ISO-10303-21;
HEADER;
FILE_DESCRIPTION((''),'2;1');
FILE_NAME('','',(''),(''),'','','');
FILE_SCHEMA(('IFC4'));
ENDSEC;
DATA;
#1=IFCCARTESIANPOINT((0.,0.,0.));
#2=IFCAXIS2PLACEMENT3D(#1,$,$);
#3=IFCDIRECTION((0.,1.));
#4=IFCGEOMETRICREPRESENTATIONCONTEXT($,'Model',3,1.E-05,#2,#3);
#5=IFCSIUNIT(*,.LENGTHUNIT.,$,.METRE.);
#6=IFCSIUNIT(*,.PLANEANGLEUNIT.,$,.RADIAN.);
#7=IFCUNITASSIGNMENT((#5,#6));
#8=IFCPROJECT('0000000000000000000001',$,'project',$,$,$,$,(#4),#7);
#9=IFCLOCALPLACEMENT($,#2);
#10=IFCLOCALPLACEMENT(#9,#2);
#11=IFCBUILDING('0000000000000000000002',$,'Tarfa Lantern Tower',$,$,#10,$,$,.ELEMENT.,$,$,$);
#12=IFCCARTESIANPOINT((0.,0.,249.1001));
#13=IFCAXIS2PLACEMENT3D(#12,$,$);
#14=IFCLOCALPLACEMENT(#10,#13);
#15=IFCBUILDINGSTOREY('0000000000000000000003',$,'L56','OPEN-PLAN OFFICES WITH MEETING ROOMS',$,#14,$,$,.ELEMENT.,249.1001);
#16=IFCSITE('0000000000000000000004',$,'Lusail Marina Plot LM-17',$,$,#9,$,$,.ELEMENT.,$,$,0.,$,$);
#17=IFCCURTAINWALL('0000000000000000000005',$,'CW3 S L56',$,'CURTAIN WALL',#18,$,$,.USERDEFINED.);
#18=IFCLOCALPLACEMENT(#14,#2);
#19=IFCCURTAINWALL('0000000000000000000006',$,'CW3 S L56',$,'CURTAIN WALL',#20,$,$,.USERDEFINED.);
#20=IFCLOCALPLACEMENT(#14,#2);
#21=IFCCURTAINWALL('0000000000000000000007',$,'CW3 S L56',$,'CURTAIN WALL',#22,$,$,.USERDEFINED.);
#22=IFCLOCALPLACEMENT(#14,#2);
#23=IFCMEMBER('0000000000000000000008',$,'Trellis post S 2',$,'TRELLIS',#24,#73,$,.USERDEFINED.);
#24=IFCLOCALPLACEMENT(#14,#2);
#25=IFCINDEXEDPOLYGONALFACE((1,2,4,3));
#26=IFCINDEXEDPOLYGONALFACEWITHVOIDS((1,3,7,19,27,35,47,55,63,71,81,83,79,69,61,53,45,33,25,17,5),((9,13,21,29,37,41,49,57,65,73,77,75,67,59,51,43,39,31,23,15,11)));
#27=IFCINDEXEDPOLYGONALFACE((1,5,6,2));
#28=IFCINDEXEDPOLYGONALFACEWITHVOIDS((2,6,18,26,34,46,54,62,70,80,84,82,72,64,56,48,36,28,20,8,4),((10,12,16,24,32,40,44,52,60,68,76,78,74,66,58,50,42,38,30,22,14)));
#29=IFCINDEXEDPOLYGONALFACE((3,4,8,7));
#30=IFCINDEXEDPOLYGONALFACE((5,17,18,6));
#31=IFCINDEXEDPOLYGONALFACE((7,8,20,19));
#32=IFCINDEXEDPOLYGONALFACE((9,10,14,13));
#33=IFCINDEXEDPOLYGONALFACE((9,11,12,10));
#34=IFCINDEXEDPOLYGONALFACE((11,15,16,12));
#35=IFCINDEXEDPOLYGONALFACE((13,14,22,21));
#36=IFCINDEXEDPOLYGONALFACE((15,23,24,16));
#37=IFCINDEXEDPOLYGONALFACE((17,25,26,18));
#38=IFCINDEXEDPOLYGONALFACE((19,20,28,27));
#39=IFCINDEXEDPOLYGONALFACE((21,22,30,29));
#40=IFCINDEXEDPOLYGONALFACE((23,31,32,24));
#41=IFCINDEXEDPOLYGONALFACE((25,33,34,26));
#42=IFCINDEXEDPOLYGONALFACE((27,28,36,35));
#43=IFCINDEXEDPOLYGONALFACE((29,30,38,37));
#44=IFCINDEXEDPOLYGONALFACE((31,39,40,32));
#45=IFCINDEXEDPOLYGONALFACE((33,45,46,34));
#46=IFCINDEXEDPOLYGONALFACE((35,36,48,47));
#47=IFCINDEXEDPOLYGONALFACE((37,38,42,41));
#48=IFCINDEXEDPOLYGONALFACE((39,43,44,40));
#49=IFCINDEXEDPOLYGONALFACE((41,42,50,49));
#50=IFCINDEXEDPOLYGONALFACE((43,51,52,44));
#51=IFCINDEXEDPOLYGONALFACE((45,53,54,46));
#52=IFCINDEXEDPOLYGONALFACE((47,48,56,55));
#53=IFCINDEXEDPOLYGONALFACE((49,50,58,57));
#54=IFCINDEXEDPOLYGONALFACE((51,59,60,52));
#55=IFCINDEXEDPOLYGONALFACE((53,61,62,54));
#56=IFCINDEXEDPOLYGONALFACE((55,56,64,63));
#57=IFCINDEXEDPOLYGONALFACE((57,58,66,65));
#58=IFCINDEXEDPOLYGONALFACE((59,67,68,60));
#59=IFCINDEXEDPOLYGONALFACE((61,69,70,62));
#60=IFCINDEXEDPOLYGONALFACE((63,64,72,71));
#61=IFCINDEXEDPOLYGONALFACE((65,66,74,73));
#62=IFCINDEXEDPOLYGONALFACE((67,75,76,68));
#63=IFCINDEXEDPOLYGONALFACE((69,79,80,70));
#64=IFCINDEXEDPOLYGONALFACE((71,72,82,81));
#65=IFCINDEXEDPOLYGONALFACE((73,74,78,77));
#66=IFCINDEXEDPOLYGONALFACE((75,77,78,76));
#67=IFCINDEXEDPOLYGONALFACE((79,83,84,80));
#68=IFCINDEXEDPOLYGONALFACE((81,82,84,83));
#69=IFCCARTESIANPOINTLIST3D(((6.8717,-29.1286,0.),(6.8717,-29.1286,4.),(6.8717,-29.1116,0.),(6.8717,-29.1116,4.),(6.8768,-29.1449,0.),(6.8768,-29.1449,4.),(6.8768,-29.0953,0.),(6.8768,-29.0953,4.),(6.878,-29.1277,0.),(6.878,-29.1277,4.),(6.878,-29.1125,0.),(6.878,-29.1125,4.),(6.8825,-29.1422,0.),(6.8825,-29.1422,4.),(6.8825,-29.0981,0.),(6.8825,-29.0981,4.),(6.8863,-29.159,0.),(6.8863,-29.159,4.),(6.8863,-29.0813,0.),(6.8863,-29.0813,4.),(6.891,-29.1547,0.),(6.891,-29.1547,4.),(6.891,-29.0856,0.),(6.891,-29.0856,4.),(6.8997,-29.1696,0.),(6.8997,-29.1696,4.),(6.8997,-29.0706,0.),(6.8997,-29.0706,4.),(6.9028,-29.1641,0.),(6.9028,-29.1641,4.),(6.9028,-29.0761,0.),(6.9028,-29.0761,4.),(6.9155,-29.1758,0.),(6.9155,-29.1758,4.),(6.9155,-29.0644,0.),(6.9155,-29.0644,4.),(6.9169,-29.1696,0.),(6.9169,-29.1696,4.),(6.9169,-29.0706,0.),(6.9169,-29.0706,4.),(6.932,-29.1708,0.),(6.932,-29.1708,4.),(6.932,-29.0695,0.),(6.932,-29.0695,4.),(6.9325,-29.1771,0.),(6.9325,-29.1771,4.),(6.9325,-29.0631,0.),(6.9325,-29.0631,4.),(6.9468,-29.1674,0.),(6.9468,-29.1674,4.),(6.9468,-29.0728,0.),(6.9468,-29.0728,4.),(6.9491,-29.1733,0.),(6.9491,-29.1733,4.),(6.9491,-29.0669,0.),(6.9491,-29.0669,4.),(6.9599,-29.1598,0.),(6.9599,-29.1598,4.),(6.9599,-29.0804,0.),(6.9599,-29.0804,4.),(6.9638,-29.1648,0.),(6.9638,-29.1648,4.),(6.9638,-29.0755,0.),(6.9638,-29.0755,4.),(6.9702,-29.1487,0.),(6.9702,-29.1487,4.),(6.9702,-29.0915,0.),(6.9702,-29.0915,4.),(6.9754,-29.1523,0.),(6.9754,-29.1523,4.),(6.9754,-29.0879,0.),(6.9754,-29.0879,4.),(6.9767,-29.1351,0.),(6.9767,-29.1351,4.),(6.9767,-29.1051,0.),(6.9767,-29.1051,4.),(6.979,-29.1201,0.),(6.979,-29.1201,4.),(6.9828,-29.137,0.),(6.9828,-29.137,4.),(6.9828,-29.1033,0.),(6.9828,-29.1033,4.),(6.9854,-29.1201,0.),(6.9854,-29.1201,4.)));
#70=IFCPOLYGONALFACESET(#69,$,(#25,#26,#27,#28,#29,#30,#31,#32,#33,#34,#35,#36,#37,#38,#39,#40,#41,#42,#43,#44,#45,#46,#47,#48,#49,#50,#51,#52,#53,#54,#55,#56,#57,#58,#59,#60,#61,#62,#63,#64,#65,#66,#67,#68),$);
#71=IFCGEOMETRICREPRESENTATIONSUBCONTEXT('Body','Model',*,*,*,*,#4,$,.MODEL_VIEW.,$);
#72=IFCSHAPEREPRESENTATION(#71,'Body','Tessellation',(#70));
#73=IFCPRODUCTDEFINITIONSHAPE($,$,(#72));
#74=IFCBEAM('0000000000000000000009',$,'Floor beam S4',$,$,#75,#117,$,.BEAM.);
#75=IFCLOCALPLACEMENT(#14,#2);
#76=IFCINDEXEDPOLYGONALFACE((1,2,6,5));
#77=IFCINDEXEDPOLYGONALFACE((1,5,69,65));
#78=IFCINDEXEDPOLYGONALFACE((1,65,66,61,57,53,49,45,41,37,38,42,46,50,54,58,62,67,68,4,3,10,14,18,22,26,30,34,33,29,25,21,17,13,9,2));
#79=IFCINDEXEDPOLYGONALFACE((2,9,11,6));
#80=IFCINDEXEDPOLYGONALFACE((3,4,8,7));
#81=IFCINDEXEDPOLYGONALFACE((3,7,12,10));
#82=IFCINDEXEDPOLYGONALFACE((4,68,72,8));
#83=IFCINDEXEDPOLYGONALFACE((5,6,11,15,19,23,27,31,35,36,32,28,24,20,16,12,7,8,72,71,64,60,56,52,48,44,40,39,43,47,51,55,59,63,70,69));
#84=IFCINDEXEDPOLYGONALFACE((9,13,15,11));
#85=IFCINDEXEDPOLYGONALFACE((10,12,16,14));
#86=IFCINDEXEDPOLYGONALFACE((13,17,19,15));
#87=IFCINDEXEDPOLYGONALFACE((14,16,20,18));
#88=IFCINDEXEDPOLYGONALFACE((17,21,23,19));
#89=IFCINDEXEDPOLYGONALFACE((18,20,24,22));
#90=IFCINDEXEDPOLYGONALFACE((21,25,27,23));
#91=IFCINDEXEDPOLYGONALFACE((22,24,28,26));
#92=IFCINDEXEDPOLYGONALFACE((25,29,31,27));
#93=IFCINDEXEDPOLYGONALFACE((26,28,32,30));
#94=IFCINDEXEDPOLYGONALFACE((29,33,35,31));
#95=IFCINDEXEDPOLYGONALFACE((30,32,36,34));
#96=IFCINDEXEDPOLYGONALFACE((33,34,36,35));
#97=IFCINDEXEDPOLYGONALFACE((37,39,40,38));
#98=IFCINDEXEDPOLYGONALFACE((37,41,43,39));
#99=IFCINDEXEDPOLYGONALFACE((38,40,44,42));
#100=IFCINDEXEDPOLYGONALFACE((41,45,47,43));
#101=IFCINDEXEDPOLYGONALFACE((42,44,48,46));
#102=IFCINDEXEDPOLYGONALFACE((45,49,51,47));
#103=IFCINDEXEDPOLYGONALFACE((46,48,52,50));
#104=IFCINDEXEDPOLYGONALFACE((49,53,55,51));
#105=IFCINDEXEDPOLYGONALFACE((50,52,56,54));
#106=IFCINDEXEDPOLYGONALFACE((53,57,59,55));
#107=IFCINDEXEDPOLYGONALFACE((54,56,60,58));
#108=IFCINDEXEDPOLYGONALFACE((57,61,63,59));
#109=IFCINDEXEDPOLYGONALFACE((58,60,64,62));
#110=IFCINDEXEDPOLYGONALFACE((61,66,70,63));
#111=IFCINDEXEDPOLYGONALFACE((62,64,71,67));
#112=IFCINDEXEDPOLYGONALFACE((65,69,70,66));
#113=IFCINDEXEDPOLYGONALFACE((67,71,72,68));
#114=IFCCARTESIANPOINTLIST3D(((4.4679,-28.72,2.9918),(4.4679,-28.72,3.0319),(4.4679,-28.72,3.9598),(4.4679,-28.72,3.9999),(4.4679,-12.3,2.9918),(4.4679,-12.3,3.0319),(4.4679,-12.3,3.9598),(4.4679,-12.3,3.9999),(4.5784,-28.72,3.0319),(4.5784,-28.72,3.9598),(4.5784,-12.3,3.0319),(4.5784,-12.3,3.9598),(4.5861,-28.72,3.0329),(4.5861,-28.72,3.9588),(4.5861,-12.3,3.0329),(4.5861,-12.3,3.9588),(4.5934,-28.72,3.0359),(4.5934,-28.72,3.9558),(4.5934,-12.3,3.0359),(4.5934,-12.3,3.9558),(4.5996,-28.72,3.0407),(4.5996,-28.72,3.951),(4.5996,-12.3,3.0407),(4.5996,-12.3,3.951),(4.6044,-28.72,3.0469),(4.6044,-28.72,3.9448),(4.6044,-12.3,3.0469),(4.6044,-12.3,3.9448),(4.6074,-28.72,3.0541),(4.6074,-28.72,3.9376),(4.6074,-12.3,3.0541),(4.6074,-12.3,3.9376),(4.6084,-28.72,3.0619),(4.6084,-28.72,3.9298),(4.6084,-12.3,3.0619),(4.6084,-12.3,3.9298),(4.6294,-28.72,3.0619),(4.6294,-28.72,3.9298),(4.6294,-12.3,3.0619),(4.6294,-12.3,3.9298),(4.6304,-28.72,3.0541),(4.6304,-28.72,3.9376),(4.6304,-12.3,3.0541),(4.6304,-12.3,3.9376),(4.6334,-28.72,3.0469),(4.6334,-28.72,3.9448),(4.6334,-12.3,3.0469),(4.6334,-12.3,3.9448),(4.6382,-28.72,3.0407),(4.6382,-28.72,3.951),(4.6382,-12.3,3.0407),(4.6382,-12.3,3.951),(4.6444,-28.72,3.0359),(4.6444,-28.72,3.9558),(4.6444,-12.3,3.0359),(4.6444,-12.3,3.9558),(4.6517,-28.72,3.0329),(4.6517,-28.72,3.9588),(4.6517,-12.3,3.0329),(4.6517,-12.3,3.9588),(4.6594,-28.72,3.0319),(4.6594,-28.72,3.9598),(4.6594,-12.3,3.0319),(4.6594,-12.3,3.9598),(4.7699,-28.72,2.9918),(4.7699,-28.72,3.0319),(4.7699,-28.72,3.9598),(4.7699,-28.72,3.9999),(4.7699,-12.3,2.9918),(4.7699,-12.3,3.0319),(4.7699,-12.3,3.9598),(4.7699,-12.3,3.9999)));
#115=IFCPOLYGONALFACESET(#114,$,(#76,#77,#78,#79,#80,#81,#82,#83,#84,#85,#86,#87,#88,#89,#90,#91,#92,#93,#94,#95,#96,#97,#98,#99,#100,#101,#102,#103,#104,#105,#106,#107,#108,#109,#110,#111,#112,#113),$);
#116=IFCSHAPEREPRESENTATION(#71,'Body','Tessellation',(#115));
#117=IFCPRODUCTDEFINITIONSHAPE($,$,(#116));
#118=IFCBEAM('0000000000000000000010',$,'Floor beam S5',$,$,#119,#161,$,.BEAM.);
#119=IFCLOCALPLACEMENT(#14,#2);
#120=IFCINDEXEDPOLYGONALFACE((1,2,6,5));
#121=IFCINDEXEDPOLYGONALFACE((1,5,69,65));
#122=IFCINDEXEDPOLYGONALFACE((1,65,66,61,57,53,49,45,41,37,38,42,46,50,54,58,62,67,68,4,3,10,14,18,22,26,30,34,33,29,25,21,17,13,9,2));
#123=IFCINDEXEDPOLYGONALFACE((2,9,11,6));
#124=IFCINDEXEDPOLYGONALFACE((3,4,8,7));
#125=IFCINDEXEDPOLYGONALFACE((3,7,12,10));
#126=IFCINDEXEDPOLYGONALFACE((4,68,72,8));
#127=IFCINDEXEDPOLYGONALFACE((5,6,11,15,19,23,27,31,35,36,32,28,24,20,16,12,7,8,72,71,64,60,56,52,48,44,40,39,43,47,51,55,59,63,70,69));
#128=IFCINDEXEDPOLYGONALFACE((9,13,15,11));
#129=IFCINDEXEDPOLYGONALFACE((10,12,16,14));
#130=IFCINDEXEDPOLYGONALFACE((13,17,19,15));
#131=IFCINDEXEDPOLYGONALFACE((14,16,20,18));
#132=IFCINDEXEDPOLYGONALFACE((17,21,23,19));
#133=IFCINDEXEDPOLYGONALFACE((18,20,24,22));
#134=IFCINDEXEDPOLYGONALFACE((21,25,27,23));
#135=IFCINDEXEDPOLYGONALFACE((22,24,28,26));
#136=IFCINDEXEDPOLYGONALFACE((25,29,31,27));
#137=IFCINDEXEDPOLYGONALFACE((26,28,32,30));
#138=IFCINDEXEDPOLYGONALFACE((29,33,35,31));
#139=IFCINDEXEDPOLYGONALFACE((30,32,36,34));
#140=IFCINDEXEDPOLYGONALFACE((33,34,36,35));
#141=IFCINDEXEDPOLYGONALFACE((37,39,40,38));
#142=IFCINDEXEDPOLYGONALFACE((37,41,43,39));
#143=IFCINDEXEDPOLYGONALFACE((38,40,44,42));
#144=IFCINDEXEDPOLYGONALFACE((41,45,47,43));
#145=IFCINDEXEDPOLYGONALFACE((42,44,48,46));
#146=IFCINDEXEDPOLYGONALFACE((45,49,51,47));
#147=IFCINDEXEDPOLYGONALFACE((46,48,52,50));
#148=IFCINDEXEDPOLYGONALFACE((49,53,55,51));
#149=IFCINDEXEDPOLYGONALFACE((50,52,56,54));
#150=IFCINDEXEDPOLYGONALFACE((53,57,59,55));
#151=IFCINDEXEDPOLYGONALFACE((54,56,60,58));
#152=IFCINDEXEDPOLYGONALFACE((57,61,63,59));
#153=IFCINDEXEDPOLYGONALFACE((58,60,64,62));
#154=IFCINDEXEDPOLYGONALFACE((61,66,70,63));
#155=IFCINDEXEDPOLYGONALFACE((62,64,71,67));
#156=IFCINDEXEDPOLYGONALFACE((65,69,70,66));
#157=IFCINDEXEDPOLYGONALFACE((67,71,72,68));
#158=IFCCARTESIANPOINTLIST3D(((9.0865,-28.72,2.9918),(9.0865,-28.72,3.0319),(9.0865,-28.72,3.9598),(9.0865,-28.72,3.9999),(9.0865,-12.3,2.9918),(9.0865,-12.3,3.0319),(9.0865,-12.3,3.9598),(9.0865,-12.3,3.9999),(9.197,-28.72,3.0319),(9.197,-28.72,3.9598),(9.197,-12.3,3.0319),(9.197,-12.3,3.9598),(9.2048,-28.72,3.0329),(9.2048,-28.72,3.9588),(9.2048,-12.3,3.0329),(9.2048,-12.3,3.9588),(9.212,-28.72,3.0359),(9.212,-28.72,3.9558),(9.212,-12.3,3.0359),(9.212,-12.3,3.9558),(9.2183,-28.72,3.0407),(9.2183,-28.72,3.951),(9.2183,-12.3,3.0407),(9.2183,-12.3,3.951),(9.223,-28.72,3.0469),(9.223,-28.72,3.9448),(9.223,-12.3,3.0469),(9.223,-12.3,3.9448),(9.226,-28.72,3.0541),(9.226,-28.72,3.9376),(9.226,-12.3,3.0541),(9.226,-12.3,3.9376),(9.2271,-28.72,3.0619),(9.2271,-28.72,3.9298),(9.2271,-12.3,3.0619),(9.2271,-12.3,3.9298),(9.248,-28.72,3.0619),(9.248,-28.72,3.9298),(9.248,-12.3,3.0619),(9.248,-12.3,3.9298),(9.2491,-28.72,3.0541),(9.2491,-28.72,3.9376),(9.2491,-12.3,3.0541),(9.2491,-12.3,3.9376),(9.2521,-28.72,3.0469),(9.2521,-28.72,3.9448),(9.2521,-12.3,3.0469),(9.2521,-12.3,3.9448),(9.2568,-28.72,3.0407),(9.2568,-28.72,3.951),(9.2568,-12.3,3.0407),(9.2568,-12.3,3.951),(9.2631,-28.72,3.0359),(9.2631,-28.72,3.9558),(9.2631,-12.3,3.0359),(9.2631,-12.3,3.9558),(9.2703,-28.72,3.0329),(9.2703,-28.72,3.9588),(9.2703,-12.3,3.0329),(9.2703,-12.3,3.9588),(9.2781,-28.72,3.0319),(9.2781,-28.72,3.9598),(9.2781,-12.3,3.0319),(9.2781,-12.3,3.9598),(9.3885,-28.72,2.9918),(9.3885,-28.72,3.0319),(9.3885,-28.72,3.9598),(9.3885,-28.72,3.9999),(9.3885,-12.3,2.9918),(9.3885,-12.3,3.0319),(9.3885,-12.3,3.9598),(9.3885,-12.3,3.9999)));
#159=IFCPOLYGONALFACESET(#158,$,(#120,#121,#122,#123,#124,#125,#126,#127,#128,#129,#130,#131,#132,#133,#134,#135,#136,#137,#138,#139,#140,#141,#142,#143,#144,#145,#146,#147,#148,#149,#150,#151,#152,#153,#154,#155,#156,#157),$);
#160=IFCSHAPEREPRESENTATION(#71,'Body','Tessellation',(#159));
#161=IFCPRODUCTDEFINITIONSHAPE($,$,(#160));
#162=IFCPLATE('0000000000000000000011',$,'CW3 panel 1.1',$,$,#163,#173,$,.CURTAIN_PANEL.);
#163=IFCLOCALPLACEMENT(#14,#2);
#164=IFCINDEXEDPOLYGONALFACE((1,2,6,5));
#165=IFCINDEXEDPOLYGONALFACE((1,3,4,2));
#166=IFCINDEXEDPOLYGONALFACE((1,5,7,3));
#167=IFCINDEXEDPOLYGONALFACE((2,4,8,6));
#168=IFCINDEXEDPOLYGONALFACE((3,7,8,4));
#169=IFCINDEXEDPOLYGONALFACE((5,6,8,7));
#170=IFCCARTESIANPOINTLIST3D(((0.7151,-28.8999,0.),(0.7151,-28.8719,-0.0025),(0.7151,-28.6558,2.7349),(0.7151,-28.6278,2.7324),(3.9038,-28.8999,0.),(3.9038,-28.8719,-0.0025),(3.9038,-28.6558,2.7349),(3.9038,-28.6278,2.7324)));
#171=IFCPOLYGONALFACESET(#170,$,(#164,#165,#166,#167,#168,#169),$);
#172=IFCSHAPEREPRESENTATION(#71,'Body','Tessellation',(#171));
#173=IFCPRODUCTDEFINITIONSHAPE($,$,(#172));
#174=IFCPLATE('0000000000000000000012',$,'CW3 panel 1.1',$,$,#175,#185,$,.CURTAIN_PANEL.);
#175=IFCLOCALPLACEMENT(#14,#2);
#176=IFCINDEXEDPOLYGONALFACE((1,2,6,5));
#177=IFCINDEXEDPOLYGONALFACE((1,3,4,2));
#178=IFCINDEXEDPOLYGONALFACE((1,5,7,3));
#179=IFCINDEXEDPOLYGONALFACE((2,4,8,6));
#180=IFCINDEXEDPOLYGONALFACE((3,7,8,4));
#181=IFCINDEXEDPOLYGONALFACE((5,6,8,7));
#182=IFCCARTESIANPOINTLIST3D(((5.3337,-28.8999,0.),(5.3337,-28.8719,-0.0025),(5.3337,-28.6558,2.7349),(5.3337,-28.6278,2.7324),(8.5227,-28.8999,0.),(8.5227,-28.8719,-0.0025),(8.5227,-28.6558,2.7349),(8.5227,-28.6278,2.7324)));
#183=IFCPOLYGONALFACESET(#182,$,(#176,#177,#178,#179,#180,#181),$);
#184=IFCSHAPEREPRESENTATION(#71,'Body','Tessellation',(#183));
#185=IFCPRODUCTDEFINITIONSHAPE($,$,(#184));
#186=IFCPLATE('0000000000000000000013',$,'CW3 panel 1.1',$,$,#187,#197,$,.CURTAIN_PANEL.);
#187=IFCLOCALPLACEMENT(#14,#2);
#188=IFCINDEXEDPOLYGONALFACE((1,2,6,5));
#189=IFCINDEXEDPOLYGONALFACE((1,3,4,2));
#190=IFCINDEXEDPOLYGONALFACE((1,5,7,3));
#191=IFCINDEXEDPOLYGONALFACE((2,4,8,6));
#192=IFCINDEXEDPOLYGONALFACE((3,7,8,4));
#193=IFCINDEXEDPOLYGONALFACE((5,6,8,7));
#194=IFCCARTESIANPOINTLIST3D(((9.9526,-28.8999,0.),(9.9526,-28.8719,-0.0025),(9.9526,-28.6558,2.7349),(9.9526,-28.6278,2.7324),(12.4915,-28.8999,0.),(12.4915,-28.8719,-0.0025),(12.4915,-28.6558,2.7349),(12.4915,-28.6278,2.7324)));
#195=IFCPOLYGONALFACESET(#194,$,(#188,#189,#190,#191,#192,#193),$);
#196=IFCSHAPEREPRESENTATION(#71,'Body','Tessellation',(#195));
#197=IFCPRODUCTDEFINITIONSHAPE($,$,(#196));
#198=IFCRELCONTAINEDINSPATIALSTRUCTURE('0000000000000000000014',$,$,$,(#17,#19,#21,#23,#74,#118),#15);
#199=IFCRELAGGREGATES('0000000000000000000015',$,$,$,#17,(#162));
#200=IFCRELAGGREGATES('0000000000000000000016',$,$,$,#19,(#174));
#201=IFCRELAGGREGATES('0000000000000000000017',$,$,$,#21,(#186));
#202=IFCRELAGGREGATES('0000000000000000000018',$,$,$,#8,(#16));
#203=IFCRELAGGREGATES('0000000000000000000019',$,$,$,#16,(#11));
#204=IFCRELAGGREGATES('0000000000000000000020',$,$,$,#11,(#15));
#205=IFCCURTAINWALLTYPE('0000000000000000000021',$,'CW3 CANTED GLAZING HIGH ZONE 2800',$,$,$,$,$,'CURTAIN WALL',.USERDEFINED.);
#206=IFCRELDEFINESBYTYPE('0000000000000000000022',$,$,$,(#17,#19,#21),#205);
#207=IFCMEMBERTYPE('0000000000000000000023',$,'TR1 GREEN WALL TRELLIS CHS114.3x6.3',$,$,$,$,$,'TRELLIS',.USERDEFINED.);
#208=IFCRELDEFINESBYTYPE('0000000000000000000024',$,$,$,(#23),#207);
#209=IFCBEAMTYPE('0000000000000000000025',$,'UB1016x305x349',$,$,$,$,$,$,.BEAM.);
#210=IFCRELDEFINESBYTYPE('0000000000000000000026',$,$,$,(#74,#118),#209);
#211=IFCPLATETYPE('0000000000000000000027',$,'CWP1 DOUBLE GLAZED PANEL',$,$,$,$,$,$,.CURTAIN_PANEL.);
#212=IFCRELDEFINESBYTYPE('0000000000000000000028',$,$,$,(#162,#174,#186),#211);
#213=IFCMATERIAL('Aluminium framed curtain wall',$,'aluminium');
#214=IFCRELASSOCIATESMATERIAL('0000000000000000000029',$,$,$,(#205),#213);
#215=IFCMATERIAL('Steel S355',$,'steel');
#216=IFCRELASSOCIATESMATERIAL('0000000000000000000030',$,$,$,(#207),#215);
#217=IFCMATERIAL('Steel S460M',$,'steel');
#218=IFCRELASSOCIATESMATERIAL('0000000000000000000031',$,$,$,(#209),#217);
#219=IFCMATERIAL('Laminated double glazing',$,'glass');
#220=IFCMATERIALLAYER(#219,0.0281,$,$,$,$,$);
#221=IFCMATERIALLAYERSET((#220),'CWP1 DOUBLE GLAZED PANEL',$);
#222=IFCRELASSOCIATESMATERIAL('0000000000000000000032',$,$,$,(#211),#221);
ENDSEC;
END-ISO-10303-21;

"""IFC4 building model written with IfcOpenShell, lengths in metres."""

from ifc_helpers import new_model, si_unit, direction, frame, origin, origin_2d, place, context, subcontext, project, spatial, polyline, hollow_circle, i_section, outline, extrude, material, layer, layer_set, material_profile, profile_set, type_object, element, aggregate, save


model = new_model("IFC4")

# Units and contexts
model_context = context("Model", 3, precision=1e-05, world=origin(), true_north=direction((0.0, 1.0)))
body_context = subcontext(model_context, "Body", "Model", "MODEL_VIEW")
ifc_project = project(units=[si_unit("LENGTHUNIT", "METRE"), si_unit("PLANEANGLEUNIT", "RADIAN")], contexts=[model_context])

# Site, building, storey
site_placement = place(None, origin())
site = spatial("IfcSite", under=ifc_project, at=site_placement, Name="Lusail Marina Plot LM-17", CompositionType="ELEMENT", RefElevation=0.0)
building_placement = place(site_placement, origin())
building = spatial("IfcBuilding", under=site, at=building_placement, Name="Tarfa Lantern Tower", CompositionType="ELEMENT")
storey_placement = place(building_placement, frame((0.0, 0.0, 249.1001)))
storey = spatial("IfcBuildingStorey", under=building, at=storey_placement, Name="L56", Description="OPEN-PLAN OFFICES WITH MEETING ROOMS", CompositionType="ELEMENT", Elevation=249.1001)

# Curtain walls
ifc_material_1 = material(Name="Aluminium framed curtain wall", Category="aluminium")
curtain_wall_type = type_object("IfcCurtainWallType", Name="CW3 CANTED GLAZING HIGH ZONE 2800", ElementType="CURTAIN WALL", PredefinedType="USERDEFINED", material=ifc_material_1)
curtain_wall_1_placement = place(storey_placement, origin())
curtain_wall_1 = element("IfcCurtainWall", 1, at=curtain_wall_1_placement, inside=storey, type_object=curtain_wall_type, Name="CW3 S L56", ObjectType="CURTAIN WALL", PredefinedType="USERDEFINED")
curtain_wall_2_placement = place(storey_placement, origin())
curtain_wall_2 = element("IfcCurtainWall", 2, at=curtain_wall_2_placement, inside=storey, type_object=curtain_wall_type, Name="CW3 S L56", ObjectType="CURTAIN WALL", PredefinedType="USERDEFINED")
curtain_wall_3_placement = place(storey_placement, origin())
curtain_wall_3 = element("IfcCurtainWall", 3, at=curtain_wall_3_placement, inside=storey, type_object=curtain_wall_type, Name="CW3 S L56", ObjectType="CURTAIN WALL", PredefinedType="USERDEFINED")

# Member
ifc_material_2 = material(Name="Steel S355", Category="steel")
ifc_material_profile_1 = material_profile(ifc_material_2, hollow_circle(Radius=0.0571, WallThickness=0.0063, at=origin_2d()), Name="CHS114.3x6.3")
ifc_profile_set_1 = profile_set([ifc_material_profile_1], Name="Steel S355")
member_type_1 = type_object("IfcMemberType", Name="TR1 GREEN WALL TRELLIS CHS114.3x6.3", ElementType="TRELLIS", PredefinedType="USERDEFINED", material=ifc_profile_set_1)
member_1_placement = place(storey_placement, frame((6.9282, -29.1201, 0.0), z_axis=(0.0, 0.0, 1.0), x_axis=(1.0, 0.0, 0.0)))
element("IfcMember", 4, at=member_1_placement, inside=storey, type_object=member_type_1, Name="Trellis post S 2", ObjectType="TRELLIS", PredefinedType="USERDEFINED", context=body_context, shape_type="SweptSolid", body=[
    extrude(hollow_circle(Radius=0.0571, WallThickness=0.0063, at=origin_2d()), origin(), (0.0, 0.0, 1.0), 4.0),
])

# Beams
ifc_material_3 = material(Name="Steel S460M", Category="steel")
ifc_material_profile_2 = material_profile(ifc_material_3, i_section(OverallWidth=0.302, OverallDepth=1.0081, WebThickness=0.021, FlangeThickness=0.04, FilletRadius=0.03, at=origin_2d()), Name="UB1016x305x349")
ifc_profile_set_2 = profile_set([ifc_material_profile_2], Name="Steel S460M")
beam_type_1 = type_object("IfcBeamType", Name="UB1016x305x349", PredefinedType="BEAM", material=ifc_profile_set_2)
for number, where, z_axis, x_axis, name in (
    (5, (4.6189, -28.72, 3.4958), (0.0, 1.0, 0.0), (-1.0, 0.0, 0.0), "Floor beam S4"),
    (6, (9.2375, -28.72, 3.4958), (0.0, 1.0, 0.0), (-1.0, 0.0, 0.0), "Floor beam S5"),
):
    element("IfcBeam", number, at=place(storey_placement, frame(where, z_axis=z_axis, x_axis=x_axis)), inside=storey, type_object=beam_type_1, Name=name, PredefinedType="BEAM", context=body_context, shape_type="SweptSolid", body=[
        extrude(i_section(OverallWidth=0.302, OverallDepth=1.0081, WebThickness=0.021, FlangeThickness=0.04, FilletRadius=0.03, at=origin_2d()), origin(), (0.0, 0.0, 1.0), 16.4199),
    ])

# Plates
ifc_material_4 = material(Name="Laminated double glazing", Category="glass")
ifc_layer_1 = layer(ifc_material_4, 0.0281)
ifc_layer_set_1 = layer_set([ifc_layer_1], Name="CWP1 DOUBLE GLAZED PANEL")
plate_type = type_object("IfcPlateType", Name="CWP1 DOUBLE GLAZED PANEL", PredefinedType="CURTAIN_PANEL", material=ifc_layer_set_1)
plate_1_placement = place(storey_placement, frame((0.7151, -28.8999, 0.0), z_axis=(0.0, -0.996039, 0.088916), x_axis=(1.0, 0.0, 0.0)))
plate_1 = element("IfcPlate", 7, at=plate_1_placement, type_object=plate_type, Name="CW3 panel 1.1", PredefinedType="CURTAIN_PANEL", context=body_context, shape_type="SweptSolid", body=[
    extrude(outline(polyline([(0.0, 0.0), (3.1887, 0.0), (3.1887, 2.7457), (0.0, 2.7457), (0.0, 0.0)])), origin(), (0.0, 0.0, -1.0), 0.0281),
])
aggregate(curtain_wall_1, [plate_1])
plate_2_placement = place(storey_placement, frame((5.3337, -28.8999, 0.0), z_axis=(0.0, -0.996039, 0.088916), x_axis=(1.0, 0.0, 0.0)))
plate_2 = element("IfcPlate", 8, at=plate_2_placement, type_object=plate_type, Name="CW3 panel 1.1", PredefinedType="CURTAIN_PANEL", context=body_context, shape_type="SweptSolid", body=[
    extrude(outline(polyline([(0.0, 0.0), (3.189, 0.0), (3.189, 2.7457), (0.0, 2.7457), (0.0, 0.0)])), origin(), (0.0, 0.0, -1.0), 0.0281),
])
aggregate(curtain_wall_2, [plate_2])
plate_3_placement = place(storey_placement, frame((9.9526, -28.8999, 0.0), z_axis=(0.0, -0.996039, 0.088916), x_axis=(1.0, 0.0, 0.0)))
plate_3 = element("IfcPlate", 9, at=plate_3_placement, type_object=plate_type, Name="CW3 panel 1.1", PredefinedType="CURTAIN_PANEL", context=body_context, shape_type="SweptSolid", body=[
    extrude(outline(polyline([(0.0, 0.0), (2.5388, 0.0), (2.5388, 2.7457), (0.0, 2.7457), (0.0, 0.0)])), origin(), (0.0, 0.0, -1.0), 0.0281),
])
aggregate(curtain_wall_3, [plate_3])

save(model, "model.ifc")
